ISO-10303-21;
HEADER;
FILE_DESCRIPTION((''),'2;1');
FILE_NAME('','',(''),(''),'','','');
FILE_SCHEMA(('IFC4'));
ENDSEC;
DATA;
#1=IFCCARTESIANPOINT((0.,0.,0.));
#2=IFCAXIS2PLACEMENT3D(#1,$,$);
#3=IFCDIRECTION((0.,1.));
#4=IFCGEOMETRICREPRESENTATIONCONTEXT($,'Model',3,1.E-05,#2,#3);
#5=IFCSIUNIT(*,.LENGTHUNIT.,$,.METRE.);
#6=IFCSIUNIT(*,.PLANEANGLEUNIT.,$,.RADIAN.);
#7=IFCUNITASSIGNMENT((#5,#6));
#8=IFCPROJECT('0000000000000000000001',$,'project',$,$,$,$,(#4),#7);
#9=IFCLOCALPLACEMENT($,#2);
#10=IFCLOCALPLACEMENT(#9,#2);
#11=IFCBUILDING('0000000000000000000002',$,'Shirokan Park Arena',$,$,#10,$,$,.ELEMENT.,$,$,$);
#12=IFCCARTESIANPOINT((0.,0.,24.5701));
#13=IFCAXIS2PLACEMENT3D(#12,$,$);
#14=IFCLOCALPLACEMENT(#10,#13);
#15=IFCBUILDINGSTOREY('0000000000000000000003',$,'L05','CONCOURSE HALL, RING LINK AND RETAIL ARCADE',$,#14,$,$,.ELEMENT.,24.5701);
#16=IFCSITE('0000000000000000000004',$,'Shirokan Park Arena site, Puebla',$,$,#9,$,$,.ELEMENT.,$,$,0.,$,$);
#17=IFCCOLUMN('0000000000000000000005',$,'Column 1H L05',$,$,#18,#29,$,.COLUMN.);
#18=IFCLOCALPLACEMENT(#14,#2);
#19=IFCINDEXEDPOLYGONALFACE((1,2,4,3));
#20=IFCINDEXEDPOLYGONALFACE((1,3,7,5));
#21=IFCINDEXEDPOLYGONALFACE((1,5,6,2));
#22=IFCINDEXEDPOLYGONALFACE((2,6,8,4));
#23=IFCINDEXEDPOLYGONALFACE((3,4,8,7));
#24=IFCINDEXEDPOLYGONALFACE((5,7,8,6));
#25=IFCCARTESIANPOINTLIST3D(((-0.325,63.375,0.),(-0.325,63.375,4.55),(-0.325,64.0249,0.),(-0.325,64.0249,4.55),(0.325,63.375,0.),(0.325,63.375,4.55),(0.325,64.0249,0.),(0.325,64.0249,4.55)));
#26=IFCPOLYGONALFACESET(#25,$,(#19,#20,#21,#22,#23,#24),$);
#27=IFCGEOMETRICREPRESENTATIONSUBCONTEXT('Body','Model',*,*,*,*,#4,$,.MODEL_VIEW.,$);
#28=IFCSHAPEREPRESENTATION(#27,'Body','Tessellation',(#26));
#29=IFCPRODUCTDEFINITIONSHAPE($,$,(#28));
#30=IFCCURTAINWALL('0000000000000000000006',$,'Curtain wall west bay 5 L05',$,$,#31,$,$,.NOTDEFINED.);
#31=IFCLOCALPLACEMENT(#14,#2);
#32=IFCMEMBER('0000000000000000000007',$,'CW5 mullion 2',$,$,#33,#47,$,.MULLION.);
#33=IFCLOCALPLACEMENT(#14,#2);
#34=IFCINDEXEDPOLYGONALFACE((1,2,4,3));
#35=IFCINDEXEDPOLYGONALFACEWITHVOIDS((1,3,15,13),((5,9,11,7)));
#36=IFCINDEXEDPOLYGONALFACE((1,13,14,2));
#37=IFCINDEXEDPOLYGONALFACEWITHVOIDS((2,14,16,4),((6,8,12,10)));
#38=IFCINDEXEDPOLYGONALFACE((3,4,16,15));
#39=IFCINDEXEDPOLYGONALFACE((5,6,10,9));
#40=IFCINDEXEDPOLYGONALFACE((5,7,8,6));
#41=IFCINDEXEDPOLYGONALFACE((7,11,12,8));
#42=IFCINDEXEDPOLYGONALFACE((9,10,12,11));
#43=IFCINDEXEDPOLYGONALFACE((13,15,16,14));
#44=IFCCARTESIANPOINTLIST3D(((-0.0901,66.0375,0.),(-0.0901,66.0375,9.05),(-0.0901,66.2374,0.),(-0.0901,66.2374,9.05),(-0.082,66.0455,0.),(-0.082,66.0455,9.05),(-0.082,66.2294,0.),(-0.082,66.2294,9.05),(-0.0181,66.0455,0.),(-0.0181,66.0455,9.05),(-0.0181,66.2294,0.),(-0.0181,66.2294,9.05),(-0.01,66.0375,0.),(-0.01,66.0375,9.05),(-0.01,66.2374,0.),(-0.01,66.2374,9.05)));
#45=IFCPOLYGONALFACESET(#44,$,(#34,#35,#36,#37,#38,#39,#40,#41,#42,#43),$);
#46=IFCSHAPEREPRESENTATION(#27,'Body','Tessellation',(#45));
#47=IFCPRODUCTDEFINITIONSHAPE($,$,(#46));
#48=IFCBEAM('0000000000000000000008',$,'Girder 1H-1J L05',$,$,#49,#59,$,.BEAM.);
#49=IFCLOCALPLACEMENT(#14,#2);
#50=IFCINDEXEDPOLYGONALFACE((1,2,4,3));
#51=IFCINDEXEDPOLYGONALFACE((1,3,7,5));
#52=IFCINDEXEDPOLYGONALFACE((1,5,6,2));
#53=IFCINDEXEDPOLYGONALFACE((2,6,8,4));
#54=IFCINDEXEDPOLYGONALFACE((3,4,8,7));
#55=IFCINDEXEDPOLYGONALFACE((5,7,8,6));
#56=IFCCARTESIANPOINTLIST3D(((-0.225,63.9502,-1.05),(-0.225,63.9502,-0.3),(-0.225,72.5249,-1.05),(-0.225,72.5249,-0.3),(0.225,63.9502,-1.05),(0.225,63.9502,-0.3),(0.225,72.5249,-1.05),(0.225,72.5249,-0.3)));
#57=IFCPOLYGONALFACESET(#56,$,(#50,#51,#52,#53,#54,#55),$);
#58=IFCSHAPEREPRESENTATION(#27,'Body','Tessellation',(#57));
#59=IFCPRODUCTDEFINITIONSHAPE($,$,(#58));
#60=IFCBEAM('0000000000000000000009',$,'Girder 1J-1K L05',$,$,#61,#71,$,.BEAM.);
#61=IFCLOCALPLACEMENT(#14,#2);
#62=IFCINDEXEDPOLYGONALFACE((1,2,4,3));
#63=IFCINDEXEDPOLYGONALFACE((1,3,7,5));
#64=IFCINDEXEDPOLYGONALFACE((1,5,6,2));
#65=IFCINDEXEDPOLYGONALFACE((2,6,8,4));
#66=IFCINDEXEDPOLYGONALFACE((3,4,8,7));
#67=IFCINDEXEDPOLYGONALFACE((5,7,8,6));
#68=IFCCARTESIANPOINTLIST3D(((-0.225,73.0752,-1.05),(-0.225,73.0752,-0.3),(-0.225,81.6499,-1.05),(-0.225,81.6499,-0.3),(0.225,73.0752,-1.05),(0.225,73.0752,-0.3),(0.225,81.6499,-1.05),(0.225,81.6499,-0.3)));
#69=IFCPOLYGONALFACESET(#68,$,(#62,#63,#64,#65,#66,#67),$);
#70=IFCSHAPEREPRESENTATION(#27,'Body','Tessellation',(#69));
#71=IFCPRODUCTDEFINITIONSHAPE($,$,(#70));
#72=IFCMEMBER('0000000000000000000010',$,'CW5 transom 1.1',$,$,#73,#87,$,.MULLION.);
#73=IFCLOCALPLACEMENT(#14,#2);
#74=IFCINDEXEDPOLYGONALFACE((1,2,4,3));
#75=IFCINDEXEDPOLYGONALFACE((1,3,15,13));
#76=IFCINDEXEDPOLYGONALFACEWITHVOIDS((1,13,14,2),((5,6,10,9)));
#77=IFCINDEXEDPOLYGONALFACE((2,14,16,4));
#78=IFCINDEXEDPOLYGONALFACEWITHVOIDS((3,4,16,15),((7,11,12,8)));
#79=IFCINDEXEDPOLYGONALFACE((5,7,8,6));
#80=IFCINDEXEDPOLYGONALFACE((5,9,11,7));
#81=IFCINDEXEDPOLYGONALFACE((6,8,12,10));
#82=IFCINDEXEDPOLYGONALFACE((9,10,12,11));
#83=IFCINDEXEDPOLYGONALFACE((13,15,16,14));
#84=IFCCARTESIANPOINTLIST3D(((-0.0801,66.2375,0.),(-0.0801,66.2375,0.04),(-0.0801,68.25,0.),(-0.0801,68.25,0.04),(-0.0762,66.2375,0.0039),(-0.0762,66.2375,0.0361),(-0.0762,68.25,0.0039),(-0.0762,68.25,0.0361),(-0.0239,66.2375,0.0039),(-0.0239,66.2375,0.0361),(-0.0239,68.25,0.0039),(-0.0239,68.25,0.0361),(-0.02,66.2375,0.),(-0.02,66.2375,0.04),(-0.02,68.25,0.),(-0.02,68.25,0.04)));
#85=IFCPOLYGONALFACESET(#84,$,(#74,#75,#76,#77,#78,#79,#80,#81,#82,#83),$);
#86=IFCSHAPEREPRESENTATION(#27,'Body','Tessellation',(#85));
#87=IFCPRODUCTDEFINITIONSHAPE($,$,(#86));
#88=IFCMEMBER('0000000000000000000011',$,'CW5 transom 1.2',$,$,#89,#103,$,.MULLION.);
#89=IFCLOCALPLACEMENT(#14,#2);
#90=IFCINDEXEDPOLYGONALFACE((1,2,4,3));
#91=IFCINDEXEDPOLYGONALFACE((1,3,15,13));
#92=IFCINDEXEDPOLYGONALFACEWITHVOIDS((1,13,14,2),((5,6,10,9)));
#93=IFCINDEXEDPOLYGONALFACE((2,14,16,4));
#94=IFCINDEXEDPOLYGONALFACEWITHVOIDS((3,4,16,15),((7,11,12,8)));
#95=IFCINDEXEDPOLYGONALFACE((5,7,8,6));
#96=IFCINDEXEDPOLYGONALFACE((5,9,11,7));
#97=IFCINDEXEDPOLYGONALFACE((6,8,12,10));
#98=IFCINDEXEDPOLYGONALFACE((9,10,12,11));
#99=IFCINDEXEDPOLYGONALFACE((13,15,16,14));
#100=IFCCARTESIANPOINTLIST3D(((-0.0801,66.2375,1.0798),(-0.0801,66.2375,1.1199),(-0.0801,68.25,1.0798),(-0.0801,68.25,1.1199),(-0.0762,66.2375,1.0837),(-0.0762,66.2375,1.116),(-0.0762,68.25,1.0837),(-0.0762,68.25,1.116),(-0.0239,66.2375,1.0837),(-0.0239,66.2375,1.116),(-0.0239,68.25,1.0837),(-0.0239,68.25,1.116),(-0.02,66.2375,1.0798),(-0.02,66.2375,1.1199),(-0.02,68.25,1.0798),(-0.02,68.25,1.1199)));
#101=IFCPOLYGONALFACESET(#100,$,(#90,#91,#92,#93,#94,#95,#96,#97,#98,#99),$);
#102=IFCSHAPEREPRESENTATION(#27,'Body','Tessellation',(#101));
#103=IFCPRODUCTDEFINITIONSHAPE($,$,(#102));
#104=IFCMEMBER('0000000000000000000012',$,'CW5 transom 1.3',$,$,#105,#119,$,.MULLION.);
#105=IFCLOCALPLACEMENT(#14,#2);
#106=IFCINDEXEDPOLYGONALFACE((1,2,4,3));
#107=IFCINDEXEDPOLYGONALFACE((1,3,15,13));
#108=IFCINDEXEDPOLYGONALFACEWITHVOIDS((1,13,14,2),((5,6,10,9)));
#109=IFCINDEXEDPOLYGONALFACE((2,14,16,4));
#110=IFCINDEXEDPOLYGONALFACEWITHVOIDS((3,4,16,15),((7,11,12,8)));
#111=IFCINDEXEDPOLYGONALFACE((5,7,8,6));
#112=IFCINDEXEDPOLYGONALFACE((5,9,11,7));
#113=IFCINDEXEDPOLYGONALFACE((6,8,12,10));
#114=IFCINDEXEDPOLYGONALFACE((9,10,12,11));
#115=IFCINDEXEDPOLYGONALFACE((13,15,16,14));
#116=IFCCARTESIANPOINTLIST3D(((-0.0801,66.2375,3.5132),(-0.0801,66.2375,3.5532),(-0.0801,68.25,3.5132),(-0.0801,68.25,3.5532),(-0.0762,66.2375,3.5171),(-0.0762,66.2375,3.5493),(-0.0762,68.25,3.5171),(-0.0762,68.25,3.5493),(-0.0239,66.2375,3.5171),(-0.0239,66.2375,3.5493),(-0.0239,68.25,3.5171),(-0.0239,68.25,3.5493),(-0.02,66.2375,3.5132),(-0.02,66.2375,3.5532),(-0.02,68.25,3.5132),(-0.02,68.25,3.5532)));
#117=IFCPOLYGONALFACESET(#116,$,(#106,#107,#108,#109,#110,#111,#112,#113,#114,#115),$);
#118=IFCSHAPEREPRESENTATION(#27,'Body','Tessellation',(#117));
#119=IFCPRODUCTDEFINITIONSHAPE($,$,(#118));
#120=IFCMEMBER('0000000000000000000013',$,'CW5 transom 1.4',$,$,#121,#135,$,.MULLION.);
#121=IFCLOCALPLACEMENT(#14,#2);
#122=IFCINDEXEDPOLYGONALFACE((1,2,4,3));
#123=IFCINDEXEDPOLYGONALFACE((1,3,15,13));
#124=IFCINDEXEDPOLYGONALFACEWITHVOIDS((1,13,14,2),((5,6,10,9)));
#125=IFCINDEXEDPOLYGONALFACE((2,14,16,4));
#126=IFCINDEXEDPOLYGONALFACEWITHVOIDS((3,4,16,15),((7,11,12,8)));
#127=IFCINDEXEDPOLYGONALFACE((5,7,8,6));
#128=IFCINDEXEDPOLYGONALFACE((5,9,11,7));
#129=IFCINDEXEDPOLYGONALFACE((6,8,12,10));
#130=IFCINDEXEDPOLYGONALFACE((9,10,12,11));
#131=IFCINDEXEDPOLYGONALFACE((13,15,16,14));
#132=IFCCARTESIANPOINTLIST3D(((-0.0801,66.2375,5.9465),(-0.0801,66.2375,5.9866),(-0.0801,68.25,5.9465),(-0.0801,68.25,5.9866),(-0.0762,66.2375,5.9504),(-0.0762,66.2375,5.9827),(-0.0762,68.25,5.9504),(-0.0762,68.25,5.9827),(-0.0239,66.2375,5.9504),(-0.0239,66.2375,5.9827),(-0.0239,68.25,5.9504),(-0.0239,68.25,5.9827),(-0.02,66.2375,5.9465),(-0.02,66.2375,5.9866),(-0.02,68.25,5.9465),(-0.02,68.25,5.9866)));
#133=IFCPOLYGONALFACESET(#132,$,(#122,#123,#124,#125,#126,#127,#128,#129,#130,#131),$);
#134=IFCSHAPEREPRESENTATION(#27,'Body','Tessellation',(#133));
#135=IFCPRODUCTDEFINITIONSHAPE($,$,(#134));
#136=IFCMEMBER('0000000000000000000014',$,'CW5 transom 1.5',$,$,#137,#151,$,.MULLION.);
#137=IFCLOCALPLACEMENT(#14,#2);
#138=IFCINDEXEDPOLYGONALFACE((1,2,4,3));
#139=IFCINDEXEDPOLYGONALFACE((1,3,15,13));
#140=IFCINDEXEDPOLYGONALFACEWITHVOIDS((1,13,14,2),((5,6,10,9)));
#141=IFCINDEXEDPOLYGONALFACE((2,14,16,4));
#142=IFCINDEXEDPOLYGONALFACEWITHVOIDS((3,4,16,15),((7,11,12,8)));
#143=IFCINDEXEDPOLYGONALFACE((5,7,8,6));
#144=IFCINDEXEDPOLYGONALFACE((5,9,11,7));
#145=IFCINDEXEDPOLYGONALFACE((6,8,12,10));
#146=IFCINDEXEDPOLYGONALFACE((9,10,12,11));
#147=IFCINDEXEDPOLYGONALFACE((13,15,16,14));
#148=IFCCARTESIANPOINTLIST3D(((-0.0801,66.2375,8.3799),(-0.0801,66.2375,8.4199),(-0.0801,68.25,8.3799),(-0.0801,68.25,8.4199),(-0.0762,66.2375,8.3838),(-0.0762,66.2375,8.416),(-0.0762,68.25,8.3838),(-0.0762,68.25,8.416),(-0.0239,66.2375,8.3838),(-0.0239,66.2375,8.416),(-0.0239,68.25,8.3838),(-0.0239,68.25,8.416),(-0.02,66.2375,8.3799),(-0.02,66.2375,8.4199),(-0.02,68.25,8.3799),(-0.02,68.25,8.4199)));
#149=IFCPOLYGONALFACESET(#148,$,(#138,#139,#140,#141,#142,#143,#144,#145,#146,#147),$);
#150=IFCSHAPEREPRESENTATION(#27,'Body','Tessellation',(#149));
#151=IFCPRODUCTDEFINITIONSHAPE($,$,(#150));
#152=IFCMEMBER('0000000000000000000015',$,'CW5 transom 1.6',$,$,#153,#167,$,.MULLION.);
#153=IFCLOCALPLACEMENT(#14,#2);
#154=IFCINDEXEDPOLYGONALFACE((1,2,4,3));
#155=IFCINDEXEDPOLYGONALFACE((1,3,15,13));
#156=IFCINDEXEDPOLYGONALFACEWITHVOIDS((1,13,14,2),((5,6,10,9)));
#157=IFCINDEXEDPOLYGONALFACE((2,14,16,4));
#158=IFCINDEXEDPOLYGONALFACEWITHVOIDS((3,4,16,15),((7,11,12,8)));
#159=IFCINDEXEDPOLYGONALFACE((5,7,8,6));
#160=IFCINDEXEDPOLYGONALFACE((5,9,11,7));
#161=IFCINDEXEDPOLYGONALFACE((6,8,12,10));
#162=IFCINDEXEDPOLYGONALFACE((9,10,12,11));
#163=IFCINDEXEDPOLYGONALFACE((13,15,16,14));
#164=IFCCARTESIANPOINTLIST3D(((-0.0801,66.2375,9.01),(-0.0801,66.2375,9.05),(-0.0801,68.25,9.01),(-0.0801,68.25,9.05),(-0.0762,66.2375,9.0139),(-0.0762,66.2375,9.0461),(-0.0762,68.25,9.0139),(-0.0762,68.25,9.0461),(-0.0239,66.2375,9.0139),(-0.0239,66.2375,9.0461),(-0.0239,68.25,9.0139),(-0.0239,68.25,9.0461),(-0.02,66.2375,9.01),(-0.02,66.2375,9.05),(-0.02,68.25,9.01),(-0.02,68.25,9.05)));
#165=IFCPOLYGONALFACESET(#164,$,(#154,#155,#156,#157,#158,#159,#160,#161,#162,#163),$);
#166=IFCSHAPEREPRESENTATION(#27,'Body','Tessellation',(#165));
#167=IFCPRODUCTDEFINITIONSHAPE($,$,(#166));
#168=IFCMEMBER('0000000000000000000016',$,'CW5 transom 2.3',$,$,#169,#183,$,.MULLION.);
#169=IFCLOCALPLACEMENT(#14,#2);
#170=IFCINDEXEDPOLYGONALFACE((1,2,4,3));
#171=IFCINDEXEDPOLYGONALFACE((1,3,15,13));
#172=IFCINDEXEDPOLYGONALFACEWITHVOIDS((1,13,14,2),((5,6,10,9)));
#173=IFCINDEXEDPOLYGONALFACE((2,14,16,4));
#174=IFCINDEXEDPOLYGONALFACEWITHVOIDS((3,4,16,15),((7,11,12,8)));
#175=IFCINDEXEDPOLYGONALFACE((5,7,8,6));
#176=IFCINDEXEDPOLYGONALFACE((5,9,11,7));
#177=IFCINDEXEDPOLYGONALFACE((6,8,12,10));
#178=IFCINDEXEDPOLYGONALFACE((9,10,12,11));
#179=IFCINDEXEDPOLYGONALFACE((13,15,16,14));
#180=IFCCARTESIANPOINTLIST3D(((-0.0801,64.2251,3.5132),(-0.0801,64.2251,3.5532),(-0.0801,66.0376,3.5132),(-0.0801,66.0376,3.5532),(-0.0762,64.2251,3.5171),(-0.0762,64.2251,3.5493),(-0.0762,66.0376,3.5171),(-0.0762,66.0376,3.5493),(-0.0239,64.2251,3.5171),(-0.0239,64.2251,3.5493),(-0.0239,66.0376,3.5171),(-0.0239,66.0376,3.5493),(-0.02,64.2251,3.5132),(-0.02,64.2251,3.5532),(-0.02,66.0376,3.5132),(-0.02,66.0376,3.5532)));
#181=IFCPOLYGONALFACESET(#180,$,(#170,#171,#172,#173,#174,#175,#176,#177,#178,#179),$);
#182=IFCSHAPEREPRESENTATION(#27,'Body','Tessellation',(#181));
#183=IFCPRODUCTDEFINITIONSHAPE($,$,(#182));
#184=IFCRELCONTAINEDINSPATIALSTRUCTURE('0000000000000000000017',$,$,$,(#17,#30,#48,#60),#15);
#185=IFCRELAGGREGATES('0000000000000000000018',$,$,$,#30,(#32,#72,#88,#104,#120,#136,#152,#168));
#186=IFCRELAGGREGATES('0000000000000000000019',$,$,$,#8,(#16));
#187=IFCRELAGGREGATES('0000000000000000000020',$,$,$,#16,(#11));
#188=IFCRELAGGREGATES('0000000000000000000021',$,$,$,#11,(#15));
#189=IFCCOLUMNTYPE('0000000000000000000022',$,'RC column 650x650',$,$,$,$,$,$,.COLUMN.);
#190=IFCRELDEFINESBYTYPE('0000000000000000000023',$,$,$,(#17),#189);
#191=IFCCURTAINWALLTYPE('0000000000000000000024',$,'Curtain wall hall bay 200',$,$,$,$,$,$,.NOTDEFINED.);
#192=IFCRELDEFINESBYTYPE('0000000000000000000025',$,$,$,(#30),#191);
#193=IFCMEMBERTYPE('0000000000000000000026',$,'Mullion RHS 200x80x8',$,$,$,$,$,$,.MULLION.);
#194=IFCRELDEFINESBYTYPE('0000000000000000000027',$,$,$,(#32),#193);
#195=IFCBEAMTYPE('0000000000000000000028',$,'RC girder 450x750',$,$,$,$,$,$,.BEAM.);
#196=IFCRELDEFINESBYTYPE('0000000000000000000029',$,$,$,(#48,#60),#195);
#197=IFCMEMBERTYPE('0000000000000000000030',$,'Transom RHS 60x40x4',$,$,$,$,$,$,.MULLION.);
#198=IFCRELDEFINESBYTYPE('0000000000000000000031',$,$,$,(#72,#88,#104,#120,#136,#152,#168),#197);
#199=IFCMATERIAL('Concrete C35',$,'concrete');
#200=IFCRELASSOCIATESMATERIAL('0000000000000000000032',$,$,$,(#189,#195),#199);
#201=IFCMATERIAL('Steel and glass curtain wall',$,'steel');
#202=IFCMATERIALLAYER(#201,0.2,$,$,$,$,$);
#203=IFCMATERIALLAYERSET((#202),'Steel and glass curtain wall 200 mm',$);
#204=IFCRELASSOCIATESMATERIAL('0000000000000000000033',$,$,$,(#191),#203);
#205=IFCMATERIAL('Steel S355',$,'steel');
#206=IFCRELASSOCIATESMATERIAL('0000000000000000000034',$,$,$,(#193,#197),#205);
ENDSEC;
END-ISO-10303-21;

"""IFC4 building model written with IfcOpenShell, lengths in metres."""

from ifc_helpers import new_model, si_unit, direction, frame, origin, origin_2d, place, context, subcontext, project, spatial, rectangle, hollow_rectangle, extrude, material, layer, layer_set, material_profile, profile_set, type_object, element, aggregate, save


model = new_model("IFC4")

# Units and contexts
model_context = context("Model", 3, precision=1e-05, world=origin(), true_north=direction((0.0, 1.0)))
body_context = subcontext(model_context, "Body", "Model", "MODEL_VIEW")
ifc_project = project(units=[si_unit("LENGTHUNIT", "METRE"), si_unit("PLANEANGLEUNIT", "RADIAN")], contexts=[model_context])

# Site, building, storey
site_placement = place(None, origin())
site = spatial("IfcSite", under=ifc_project, at=site_placement, Name="Shirokan Park Arena site, Puebla", CompositionType="ELEMENT", RefElevation=0.0)
building_placement = place(site_placement, origin())
building = spatial("IfcBuilding", under=site, at=building_placement, Name="Shirokan Park Arena", CompositionType="ELEMENT")
storey_placement = place(building_placement, frame((0.0, 0.0, 24.5701)))
storey = spatial("IfcBuildingStorey", under=building, at=storey_placement, Name="L05", Description="CONCOURSE HALL, RING LINK AND RETAIL ARCADE", CompositionType="ELEMENT", Elevation=24.5701)

# Column
ifc_material_1 = material(Name="Concrete C35", Category="concrete")
ifc_material_profile_1 = material_profile(ifc_material_1, rectangle(XDim=0.6499, YDim=0.6499, at=origin_2d()), Name="650x650")
ifc_profile_set_1 = profile_set([ifc_material_profile_1], Name="Concrete C35")
column_type = type_object("IfcColumnType", Name="RC column 650x650", PredefinedType="COLUMN", material=ifc_profile_set_1)
column_placement = place(storey_placement, frame((0.0, 63.7, 0.0), z_axis=(0.0, 0.0, 1.0), x_axis=(1.0, 0.0, 0.0)))
element("IfcColumn", 1, at=column_placement, inside=storey, type_object=column_type, Name="Column 1H L05", PredefinedType="COLUMN", context=body_context, shape_type="SweptSolid", body=[
    extrude(rectangle(XDim=0.6499, YDim=0.6499, at=origin_2d()), origin(), (0.0, 0.0, 1.0), 4.55),
])

# Curtain wall, member
ifc_material_2 = material(Name="Steel and glass curtain wall", Category="steel")
ifc_layer_1 = layer(ifc_material_2, 0.2)
ifc_layer_set_1 = layer_set([ifc_layer_1], Name="Steel and glass curtain wall 200 mm")
curtain_wall_type = type_object("IfcCurtainWallType", Name="Curtain wall hall bay 200", PredefinedType="NOTDEFINED", material=ifc_layer_set_1)
curtain_wall_placement = place(storey_placement, origin())
curtain_wall = element("IfcCurtainWall", 2, at=curtain_wall_placement, inside=storey, type_object=curtain_wall_type, Name="Curtain wall west bay 5 L05", PredefinedType="NOTDEFINED")
ifc_material_3 = material(Name="Steel S355", Category="steel")
ifc_material_profile_2 = material_profile(ifc_material_3, hollow_rectangle(XDim=0.0801, YDim=0.2, WallThickness=0.0081, at=origin_2d()), Name="RHS 200x80x8")
ifc_profile_set_2 = profile_set([ifc_material_profile_2], Name="Steel S355")
member_type_1 = type_object("IfcMemberType", Name="Mullion RHS 200x80x8", PredefinedType="MULLION", material=ifc_profile_set_2)
member_1_placement = place(storey_placement, frame((-0.05, 66.1375, 0.0), z_axis=(0.0, 0.0, 1.0), x_axis=(1.0, 0.0, 0.0)))
member_1 = element("IfcMember", 3, at=member_1_placement, type_object=member_type_1, Name="CW5 mullion 2", PredefinedType="MULLION", context=body_context, shape_type="SweptSolid", body=[
    extrude(hollow_rectangle(XDim=0.0801, YDim=0.2, WallThickness=0.0081, at=origin_2d()), origin(), (0.0, 0.0, 1.0), 9.05),
])

# Beams
ifc_material_profile_3 = material_profile(ifc_material_1, rectangle(XDim=0.45, YDim=0.75, at=origin_2d()), Name="450x750")
ifc_profile_set_3 = profile_set([ifc_material_profile_3], Name="Concrete C35")
beam_type = type_object("IfcBeamType", Name="RC girder 450x750", PredefinedType="BEAM", material=ifc_profile_set_3)
for number, where, z_axis, x_axis, name in (
    (4, (0.0, 63.9502, -0.675), (0.0, 1.0, 0.0), (-1.0, 0.0, 0.0), "Girder 1H-1J L05"),
    (5, (0.0, 73.0752, -0.675), (0.0, 1.0, 0.0), (-1.0, 0.0, 0.0), "Girder 1J-1K L05"),
):
    element("IfcBeam", number, at=place(storey_placement, frame(where, z_axis=z_axis, x_axis=x_axis)), inside=storey, type_object=beam_type, Name=name, PredefinedType="BEAM", context=body_context, shape_type="SweptSolid", body=[
        extrude(rectangle(XDim=0.45, YDim=0.75, at=origin_2d()), origin(), (0.0, 0.0, 1.0), 8.5747),
    ])

# Members
ifc_material_profile_4 = material_profile(ifc_material_3, hollow_rectangle(XDim=0.0601, YDim=0.04, WallThickness=0.0039, at=origin_2d()), Name="RHS 60x40x4")
ifc_profile_set_4 = profile_set([ifc_material_profile_4], Name="Steel S355")
member_type_2 = type_object("IfcMemberType", Name="Transom RHS 60x40x4", PredefinedType="MULLION", material=ifc_profile_set_4)
member_2_placement = place(storey_placement, frame((-0.05, 68.25, 0.02), z_axis=(0.0, -1.0, 0.0), x_axis=(1.0, 0.0, 0.0)))
member_2 = element("IfcMember", 6, at=member_2_placement, type_object=member_type_2, Name="CW5 transom 1.1", PredefinedType="MULLION", context=body_context, shape_type="SweptSolid", body=[
    extrude(hollow_rectangle(XDim=0.0601, YDim=0.04, WallThickness=0.0039, at=origin_2d()), origin(), (0.0, 0.0, 1.0), 2.0125),
])
member_3_placement = place(storey_placement, frame((-0.05, 68.25, 1.0999), z_axis=(0.0, -1.0, 0.0), x_axis=(1.0, 0.0, 0.0)))
member_3 = element("IfcMember", 7, at=member_3_placement, type_object=member_type_2, Name="CW5 transom 1.2", PredefinedType="MULLION", context=body_context, shape_type="SweptSolid", body=[
    extrude(hollow_rectangle(XDim=0.0601, YDim=0.04, WallThickness=0.0039, at=origin_2d()), origin(), (0.0, 0.0, 1.0), 2.0125),
])
member_4_placement = place(storey_placement, frame((-0.05, 68.25, 3.5332), z_axis=(0.0, -1.0, 0.0), x_axis=(1.0, 0.0, 0.0)))
member_4 = element("IfcMember", 8, at=member_4_placement, type_object=member_type_2, Name="CW5 transom 1.3", PredefinedType="MULLION", context=body_context, shape_type="SweptSolid", body=[
    extrude(hollow_rectangle(XDim=0.0601, YDim=0.04, WallThickness=0.0039, at=origin_2d()), origin(), (0.0, 0.0, 1.0), 2.0125),
])
member_5_placement = place(storey_placement, frame((-0.05, 68.25, 5.9666), z_axis=(0.0, -1.0, 0.0), x_axis=(1.0, 0.0, 0.0)))
member_5 = element("IfcMember", 9, at=member_5_placement, type_object=member_type_2, Name="CW5 transom 1.4", PredefinedType="MULLION", context=body_context, shape_type="SweptSolid", body=[
    extrude(hollow_rectangle(XDim=0.0601, YDim=0.04, WallThickness=0.0039, at=origin_2d()), origin(), (0.0, 0.0, 1.0), 2.0125),
])
member_6_placement = place(storey_placement, frame((-0.05, 68.25, 8.3999), z_axis=(0.0, -1.0, 0.0), x_axis=(1.0, 0.0, 0.0)))
member_6 = element("IfcMember", 10, at=member_6_placement, type_object=member_type_2, Name="CW5 transom 1.5", PredefinedType="MULLION", context=body_context, shape_type="SweptSolid", body=[
    extrude(hollow_rectangle(XDim=0.0601, YDim=0.04, WallThickness=0.0039, at=origin_2d()), origin(), (0.0, 0.0, 1.0), 2.0125),
])
member_7_placement = place(storey_placement, frame((-0.05, 68.25, 9.03), z_axis=(0.0, -1.0, 0.0), x_axis=(1.0, 0.0, 0.0)))
member_7 = element("IfcMember", 11, at=member_7_placement, type_object=member_type_2, Name="CW5 transom 1.6", PredefinedType="MULLION", context=body_context, shape_type="SweptSolid", body=[
    extrude(hollow_rectangle(XDim=0.0601, YDim=0.04, WallThickness=0.0039, at=origin_2d()), origin(), (0.0, 0.0, 1.0), 2.0125),
])
member_8_placement = place(storey_placement, frame((-0.05, 66.0376, 3.5332), z_axis=(0.0, -1.0, 0.0), x_axis=(1.0, 0.0, 0.0)))
member_8 = element("IfcMember", 12, at=member_8_placement, type_object=member_type_2, Name="CW5 transom 2.3", PredefinedType="MULLION", context=body_context, shape_type="SweptSolid", body=[
    extrude(hollow_rectangle(XDim=0.0601, YDim=0.04, WallThickness=0.0039, at=origin_2d()), origin(), (0.0, 0.0, 1.0), 1.8125),
])

aggregate(curtain_wall, [member_1, member_2, member_3, member_4, member_5, member_6, member_7, member_8])

save(model, "model.ifc")
